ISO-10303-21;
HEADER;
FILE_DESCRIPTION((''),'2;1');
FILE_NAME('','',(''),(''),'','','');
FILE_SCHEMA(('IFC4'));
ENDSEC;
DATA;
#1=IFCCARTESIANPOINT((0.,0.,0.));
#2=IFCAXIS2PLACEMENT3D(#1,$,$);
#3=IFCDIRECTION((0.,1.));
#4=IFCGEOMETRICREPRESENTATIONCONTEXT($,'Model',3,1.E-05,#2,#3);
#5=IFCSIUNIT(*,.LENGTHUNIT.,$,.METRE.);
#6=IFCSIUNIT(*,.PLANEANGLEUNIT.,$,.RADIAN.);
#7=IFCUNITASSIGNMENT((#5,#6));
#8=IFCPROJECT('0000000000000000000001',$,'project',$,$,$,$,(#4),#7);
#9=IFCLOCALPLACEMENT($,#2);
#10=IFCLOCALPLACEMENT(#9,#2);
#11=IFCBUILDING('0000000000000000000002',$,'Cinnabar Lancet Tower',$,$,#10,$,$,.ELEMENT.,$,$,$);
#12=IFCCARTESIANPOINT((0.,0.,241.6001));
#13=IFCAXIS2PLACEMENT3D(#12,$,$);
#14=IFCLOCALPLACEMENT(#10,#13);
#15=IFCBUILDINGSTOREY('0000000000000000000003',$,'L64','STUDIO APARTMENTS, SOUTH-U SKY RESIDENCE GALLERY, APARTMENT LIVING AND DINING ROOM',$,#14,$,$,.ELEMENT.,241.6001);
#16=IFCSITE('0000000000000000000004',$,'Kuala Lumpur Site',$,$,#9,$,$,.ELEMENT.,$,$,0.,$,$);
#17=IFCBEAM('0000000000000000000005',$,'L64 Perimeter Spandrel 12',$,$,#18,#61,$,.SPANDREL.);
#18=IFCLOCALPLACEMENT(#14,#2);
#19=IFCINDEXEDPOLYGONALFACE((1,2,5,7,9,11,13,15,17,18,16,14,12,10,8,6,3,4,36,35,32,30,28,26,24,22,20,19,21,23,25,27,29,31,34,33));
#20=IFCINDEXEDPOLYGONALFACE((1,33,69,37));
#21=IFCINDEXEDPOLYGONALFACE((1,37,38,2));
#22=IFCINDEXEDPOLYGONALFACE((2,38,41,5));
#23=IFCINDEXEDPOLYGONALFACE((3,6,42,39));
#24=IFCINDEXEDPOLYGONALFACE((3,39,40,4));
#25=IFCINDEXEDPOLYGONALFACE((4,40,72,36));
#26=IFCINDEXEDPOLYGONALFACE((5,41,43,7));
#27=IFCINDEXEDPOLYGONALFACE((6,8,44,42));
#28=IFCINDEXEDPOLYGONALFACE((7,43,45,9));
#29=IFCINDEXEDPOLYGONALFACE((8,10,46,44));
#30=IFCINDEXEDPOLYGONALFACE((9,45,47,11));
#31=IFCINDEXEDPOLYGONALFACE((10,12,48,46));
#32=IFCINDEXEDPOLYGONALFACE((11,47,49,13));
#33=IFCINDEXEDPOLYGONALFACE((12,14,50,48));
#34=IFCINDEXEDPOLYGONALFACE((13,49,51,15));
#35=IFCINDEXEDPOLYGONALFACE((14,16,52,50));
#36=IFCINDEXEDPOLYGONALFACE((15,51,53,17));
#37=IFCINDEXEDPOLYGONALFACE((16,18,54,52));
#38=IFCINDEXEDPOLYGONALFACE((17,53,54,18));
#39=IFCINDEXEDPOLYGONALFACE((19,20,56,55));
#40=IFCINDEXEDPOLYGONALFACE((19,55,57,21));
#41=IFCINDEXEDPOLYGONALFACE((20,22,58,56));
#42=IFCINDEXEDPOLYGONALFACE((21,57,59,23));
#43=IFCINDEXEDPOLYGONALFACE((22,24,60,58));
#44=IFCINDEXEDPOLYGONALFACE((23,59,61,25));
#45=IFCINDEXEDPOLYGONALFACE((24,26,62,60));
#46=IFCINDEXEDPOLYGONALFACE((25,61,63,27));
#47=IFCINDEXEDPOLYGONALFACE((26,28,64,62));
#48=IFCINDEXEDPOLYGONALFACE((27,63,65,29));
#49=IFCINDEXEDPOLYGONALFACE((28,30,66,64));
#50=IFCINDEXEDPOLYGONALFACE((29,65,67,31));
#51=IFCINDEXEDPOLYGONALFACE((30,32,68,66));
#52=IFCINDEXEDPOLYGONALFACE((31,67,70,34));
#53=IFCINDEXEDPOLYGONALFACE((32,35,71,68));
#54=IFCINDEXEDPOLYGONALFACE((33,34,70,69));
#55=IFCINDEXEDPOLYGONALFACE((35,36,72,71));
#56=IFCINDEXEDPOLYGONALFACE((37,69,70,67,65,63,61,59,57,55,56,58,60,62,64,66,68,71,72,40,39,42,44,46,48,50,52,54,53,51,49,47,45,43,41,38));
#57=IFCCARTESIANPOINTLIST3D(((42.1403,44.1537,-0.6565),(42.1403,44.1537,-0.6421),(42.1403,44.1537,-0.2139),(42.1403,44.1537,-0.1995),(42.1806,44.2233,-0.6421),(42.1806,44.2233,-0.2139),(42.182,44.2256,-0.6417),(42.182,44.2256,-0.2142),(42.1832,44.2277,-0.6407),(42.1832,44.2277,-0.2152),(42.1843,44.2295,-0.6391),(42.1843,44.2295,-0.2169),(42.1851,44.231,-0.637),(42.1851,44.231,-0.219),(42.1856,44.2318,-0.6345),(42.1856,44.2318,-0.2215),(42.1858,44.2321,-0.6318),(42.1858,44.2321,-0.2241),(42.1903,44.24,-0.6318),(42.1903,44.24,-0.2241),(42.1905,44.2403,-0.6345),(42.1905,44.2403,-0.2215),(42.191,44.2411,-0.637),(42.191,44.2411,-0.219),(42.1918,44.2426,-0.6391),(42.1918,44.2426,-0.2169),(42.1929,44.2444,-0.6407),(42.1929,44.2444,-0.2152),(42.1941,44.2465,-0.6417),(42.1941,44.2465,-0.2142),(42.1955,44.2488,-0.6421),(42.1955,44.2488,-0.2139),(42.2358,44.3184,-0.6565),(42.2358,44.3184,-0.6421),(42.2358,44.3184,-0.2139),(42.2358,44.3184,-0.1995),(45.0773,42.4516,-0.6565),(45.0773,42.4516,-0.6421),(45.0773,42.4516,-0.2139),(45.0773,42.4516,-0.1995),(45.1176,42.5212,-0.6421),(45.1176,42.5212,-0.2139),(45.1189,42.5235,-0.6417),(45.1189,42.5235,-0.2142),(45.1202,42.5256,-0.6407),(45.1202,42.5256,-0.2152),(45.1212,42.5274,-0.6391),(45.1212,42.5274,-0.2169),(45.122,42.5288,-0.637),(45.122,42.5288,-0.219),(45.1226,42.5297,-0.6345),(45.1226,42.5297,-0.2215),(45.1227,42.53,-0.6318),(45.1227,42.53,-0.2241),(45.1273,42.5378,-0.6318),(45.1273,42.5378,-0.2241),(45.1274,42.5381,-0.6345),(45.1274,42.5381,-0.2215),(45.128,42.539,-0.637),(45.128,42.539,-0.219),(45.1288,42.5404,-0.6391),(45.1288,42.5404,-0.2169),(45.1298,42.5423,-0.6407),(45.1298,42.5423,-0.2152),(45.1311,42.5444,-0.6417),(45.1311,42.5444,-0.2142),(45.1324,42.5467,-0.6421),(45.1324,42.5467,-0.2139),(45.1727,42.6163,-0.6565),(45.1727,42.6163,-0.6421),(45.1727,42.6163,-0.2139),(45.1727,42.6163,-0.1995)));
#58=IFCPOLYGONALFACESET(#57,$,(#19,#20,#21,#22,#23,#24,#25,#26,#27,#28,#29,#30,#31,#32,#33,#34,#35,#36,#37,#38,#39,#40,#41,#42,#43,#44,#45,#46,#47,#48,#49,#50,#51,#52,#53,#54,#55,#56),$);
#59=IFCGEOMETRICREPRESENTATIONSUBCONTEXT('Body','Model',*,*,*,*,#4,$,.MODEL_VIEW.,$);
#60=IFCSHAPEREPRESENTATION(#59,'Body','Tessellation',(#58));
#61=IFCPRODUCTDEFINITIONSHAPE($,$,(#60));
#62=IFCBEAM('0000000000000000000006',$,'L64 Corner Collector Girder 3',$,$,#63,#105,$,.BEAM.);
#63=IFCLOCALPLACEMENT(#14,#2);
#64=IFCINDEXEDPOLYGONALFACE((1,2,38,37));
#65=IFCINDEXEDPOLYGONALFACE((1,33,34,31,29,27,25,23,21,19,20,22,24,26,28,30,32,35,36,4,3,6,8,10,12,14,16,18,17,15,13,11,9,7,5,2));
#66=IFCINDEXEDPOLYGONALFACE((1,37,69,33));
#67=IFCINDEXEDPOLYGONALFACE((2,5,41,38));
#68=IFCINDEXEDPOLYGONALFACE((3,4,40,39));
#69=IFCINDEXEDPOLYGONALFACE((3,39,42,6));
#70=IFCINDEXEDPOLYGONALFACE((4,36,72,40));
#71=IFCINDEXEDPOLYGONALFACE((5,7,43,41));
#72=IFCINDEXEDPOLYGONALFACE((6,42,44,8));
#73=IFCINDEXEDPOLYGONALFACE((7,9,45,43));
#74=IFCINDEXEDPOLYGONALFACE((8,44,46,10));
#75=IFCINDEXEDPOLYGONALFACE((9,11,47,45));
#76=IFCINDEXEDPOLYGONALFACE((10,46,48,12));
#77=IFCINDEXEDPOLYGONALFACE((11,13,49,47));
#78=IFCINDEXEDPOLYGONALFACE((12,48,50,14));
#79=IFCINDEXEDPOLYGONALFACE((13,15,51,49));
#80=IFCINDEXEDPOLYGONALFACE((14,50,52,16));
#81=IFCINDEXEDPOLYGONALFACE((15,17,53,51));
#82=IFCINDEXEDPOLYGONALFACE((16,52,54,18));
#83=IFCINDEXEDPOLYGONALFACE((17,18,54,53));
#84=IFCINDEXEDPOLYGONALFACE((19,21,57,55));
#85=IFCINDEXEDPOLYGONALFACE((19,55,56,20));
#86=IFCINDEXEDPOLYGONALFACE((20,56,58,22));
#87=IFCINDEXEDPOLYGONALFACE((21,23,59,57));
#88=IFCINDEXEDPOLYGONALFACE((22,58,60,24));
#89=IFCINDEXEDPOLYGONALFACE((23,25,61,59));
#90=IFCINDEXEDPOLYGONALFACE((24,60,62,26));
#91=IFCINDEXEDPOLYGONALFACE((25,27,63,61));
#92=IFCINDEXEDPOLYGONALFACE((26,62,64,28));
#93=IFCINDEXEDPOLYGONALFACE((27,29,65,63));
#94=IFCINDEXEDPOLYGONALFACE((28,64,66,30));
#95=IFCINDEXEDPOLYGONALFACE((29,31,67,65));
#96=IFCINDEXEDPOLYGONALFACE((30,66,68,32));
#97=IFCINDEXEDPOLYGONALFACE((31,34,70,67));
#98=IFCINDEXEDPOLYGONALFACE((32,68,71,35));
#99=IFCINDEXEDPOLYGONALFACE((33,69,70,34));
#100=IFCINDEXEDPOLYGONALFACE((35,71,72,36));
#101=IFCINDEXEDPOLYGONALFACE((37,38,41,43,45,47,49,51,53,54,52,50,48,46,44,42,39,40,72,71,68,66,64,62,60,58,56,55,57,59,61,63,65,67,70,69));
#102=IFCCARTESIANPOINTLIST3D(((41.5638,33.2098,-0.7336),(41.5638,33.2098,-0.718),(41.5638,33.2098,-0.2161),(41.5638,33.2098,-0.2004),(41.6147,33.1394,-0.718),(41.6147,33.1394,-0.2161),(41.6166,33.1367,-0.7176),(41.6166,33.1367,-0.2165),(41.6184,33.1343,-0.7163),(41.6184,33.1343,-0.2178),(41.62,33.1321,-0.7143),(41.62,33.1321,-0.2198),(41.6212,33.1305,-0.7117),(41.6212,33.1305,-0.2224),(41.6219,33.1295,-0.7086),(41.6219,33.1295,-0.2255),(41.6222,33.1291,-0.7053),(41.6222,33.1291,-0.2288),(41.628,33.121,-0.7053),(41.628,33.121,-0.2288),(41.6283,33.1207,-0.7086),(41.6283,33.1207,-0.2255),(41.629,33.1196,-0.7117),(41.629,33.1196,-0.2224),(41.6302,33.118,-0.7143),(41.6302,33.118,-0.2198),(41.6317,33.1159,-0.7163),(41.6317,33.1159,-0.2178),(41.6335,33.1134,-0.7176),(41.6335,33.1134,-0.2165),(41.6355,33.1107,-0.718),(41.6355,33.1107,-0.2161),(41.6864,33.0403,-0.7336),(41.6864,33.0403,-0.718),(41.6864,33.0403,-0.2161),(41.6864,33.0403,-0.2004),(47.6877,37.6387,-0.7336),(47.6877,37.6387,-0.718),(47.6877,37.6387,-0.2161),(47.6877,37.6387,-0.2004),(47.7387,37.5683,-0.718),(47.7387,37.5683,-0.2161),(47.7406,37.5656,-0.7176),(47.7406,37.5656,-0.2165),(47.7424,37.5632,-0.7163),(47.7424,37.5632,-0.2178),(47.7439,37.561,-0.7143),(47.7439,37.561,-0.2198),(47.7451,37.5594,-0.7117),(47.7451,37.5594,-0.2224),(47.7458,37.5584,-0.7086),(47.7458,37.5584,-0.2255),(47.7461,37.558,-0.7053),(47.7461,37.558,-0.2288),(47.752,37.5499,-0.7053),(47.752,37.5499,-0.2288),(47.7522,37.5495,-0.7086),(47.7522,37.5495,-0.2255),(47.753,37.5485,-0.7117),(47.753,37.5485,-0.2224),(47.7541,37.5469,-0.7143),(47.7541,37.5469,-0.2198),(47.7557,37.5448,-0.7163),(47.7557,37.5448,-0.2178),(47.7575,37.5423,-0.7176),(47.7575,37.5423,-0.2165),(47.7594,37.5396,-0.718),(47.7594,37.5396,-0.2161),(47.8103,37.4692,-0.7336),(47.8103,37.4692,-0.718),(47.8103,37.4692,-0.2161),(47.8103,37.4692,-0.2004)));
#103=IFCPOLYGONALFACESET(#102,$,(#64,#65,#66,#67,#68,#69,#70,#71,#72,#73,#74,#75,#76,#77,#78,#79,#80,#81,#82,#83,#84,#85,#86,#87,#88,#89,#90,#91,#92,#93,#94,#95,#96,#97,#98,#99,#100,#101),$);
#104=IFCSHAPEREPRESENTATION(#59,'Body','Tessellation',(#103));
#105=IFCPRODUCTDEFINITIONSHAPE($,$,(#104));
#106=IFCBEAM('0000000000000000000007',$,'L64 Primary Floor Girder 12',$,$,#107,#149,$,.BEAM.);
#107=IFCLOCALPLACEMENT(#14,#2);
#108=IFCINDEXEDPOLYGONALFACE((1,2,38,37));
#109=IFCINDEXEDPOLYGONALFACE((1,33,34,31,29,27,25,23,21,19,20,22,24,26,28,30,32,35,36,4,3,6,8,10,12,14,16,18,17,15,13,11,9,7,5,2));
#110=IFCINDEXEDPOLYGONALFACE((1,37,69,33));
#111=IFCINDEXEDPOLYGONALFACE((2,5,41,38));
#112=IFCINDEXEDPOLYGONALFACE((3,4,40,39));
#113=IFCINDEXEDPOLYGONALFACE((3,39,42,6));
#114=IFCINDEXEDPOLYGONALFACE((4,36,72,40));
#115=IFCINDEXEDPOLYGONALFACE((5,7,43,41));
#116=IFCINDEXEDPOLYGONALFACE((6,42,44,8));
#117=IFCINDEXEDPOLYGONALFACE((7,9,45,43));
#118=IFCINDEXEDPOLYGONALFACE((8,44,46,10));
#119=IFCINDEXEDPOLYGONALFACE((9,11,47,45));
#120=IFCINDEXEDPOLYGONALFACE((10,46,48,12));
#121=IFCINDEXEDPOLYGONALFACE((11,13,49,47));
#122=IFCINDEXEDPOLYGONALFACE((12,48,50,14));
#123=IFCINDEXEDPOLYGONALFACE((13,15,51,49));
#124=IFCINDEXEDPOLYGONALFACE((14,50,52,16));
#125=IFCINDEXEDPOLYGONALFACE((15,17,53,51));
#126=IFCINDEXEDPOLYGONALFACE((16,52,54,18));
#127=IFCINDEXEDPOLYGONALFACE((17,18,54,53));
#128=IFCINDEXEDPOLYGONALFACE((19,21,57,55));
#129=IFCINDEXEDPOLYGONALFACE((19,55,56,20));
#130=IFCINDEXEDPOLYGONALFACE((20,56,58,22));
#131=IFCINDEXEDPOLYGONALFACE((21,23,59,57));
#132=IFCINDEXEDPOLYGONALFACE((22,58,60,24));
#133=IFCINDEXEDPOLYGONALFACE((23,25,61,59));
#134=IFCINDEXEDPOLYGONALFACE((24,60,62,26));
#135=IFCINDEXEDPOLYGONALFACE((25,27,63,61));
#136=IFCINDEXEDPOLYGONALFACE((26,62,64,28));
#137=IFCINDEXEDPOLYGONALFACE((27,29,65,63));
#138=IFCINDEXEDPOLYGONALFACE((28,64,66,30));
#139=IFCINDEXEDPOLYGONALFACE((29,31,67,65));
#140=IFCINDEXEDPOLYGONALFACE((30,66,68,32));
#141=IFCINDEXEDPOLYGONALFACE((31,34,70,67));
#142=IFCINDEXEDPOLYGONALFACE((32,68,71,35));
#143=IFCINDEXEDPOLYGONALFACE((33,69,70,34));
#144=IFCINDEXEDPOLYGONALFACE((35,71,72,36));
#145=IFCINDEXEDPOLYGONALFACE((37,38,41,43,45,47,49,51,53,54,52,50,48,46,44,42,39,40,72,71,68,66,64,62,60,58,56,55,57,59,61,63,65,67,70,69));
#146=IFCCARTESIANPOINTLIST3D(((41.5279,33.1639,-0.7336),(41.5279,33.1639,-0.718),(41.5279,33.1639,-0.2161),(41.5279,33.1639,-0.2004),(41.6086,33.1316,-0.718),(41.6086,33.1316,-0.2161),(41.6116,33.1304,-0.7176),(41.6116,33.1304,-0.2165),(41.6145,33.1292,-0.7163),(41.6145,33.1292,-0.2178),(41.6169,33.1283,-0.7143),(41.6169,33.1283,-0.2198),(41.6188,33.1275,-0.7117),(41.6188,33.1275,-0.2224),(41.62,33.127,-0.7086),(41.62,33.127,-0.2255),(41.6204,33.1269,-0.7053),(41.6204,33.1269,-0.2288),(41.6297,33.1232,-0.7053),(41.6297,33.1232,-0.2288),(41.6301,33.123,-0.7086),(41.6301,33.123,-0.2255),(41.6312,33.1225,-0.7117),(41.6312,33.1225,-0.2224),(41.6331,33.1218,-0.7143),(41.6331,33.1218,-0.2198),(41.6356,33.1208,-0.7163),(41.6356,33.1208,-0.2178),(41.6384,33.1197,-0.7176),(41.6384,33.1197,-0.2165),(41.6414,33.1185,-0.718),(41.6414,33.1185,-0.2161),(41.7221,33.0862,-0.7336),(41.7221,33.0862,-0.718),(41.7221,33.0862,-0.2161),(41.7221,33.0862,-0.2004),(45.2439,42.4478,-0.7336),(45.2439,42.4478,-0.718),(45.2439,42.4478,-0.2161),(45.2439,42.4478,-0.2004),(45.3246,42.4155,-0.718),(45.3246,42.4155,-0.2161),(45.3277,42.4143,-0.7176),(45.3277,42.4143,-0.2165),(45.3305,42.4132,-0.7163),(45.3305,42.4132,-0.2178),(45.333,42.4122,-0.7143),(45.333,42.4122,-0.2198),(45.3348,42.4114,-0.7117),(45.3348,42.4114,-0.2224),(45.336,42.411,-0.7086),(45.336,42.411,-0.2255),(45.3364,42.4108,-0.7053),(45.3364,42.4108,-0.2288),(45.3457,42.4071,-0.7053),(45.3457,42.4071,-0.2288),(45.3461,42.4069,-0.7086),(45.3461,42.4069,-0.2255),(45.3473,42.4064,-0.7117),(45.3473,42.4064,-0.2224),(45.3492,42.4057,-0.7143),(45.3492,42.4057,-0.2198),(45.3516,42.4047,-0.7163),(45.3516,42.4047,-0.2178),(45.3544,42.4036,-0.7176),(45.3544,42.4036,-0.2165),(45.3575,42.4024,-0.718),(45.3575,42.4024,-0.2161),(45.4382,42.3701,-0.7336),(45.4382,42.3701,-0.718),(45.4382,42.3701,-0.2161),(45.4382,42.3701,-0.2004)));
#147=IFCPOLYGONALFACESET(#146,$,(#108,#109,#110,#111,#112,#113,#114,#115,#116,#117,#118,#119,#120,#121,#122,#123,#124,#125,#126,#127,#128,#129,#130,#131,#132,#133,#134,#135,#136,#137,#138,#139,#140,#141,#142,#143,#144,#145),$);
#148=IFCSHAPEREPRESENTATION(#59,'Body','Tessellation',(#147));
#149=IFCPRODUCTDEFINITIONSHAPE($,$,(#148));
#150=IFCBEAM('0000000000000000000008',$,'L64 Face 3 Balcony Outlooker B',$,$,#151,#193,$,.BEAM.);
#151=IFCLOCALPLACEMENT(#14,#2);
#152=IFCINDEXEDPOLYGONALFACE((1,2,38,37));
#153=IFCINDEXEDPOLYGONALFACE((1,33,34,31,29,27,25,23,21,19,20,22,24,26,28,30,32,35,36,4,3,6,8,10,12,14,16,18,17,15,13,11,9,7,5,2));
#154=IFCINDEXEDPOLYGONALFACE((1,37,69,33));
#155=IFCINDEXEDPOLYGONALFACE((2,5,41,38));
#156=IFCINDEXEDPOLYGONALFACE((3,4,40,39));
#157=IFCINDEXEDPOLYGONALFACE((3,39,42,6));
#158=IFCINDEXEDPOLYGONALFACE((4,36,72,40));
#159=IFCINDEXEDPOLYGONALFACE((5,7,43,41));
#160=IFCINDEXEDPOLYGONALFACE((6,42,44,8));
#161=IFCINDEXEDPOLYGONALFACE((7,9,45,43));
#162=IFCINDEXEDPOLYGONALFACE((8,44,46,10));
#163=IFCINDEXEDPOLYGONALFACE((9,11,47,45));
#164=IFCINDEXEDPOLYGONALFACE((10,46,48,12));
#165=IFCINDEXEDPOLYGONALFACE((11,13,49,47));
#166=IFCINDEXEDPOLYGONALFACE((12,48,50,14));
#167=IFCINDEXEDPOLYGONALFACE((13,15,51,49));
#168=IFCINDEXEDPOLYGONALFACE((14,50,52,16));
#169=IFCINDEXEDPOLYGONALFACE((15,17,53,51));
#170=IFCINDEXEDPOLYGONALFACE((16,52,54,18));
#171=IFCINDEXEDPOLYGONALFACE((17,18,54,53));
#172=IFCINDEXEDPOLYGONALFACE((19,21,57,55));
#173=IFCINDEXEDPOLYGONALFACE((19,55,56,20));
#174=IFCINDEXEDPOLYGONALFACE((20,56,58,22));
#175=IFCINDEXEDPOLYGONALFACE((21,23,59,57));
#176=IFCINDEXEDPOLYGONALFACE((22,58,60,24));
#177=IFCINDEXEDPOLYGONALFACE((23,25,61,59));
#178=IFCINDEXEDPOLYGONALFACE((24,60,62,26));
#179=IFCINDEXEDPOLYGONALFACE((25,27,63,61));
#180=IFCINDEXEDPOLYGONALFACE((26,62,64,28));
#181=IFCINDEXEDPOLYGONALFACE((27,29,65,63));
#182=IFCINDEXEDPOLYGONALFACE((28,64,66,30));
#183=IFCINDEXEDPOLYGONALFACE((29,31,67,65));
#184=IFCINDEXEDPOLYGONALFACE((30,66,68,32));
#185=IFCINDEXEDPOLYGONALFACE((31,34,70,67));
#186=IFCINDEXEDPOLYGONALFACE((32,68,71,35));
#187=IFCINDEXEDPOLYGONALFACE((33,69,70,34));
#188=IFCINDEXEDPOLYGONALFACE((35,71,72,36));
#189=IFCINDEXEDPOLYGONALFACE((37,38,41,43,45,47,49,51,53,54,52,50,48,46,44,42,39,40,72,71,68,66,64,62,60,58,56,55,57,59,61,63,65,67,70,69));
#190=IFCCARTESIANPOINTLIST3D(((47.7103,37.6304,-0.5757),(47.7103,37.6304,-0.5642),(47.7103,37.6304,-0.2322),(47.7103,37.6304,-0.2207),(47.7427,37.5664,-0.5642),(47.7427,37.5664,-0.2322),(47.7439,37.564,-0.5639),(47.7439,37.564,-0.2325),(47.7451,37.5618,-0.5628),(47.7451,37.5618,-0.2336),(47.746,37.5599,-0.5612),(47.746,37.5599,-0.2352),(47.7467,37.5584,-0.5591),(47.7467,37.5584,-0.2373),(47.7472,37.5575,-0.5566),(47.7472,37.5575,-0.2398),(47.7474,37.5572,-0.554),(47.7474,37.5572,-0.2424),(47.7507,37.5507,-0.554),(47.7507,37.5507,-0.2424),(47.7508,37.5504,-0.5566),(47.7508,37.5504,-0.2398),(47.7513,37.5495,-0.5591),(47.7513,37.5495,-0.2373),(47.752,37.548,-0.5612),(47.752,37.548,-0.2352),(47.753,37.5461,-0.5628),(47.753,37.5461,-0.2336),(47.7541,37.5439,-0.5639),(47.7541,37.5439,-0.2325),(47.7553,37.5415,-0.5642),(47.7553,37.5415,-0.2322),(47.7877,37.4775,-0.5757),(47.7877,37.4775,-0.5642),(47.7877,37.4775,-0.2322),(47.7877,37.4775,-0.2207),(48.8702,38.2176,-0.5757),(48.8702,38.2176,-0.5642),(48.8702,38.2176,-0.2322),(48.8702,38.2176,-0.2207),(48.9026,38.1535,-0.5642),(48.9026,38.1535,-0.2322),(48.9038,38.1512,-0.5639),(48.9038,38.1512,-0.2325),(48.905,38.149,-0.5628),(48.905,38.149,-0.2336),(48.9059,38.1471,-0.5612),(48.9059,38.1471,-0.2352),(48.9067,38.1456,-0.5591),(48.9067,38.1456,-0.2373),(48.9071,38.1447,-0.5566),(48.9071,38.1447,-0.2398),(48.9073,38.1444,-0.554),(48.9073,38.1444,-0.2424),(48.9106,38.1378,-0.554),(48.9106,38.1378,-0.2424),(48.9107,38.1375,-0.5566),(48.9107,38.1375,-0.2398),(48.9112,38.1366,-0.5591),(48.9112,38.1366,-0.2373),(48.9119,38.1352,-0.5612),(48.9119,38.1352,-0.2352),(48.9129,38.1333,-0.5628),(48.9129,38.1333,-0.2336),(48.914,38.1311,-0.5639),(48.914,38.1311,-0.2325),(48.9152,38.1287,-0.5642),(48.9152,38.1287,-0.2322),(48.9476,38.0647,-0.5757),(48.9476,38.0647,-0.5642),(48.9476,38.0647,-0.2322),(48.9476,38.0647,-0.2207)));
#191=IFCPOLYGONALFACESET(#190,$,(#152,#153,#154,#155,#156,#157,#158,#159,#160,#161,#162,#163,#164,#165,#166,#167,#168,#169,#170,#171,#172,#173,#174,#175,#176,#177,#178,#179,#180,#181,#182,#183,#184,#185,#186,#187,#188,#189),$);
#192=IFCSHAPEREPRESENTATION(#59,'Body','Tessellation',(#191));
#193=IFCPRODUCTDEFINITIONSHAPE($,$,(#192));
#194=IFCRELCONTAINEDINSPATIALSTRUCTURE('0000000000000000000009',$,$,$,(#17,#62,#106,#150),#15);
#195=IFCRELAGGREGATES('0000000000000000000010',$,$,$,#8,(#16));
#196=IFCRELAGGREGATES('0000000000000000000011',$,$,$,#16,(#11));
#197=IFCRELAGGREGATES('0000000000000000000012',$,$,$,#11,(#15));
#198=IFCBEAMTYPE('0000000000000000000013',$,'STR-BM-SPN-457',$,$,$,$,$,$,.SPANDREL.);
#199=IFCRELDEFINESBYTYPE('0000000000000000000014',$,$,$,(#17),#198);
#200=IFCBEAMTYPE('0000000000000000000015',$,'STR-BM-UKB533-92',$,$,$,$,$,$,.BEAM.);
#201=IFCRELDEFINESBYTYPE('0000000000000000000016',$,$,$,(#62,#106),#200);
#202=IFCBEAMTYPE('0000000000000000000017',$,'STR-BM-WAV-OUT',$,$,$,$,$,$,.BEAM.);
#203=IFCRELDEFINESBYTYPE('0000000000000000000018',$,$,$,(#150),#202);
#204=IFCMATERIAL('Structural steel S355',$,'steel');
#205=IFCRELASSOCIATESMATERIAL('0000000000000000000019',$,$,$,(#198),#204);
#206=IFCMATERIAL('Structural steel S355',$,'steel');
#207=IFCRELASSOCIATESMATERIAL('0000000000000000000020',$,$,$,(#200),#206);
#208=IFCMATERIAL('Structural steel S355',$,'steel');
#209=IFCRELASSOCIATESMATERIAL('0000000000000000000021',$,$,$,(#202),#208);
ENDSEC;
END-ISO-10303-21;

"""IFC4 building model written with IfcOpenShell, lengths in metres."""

from ifc_helpers import new_model, si_unit, direction, frame, origin, origin_2d, place, context, subcontext, project, spatial, i_section, extrude, material, material_profile, profile_set, type_object, element, save


model = new_model("IFC4")

# Units and contexts
model_context = context("Model", 3, precision=1e-05, world=origin(), true_north=direction((0.0, 1.0)))
body_context = subcontext(model_context, "Body", "Model", "MODEL_VIEW")
ifc_project = project(units=[si_unit("LENGTHUNIT", "METRE"), si_unit("PLANEANGLEUNIT", "RADIAN")], contexts=[model_context])

# Site, building, storey
site_placement = place(None, origin())
site = spatial("IfcSite", under=ifc_project, at=site_placement, Name="Kuala Lumpur Site", CompositionType="ELEMENT", RefElevation=0.0)
building_placement = place(site_placement, origin())
building = spatial("IfcBuilding", under=site, at=building_placement, Name="Cinnabar Lancet Tower", CompositionType="ELEMENT")
storey_placement = place(building_placement, frame((0.0, 0.0, 241.6001)))
storey = spatial("IfcBuildingStorey", under=building, at=storey_placement, Name="L64", Description="STUDIO APARTMENTS, SOUTH-U SKY RESIDENCE GALLERY, APARTMENT LIVING AND DINING ROOM", CompositionType="ELEMENT", Elevation=241.6001)

# Beams
ifc_material_1 = material(Name="Structural steel S355", Category="steel")
ifc_material_profile_1 = material_profile(ifc_material_1, i_section(OverallWidth=0.1904, OverallDepth=0.457, WebThickness=0.009, FlangeThickness=0.0144, FilletRadius=0.0103, at=origin_2d()), Name="UKB 457x191x74")
ifc_profile_set_1 = profile_set([ifc_material_profile_1], Name="Structural steel S355")
beam_type_1 = type_object("IfcBeamType", Name="STR-BM-SPN-457", PredefinedType="SPANDREL", material=ifc_profile_set_1)
beam_1_placement = place(storey_placement, frame((45.125, 42.5339, -0.428), z_axis=(-0.8652, 0.501427, 0.0), x_axis=(-0.501427, -0.8652, 0.0)))
element("IfcBeam", 1, at=beam_1_placement, inside=storey, type_object=beam_type_1, Name="L64 Perimeter Spandrel 12", PredefinedType="SPANDREL", context=body_context, shape_type="SweptSolid", body=[
    extrude(i_section(OverallWidth=0.1904, OverallDepth=0.457, WebThickness=0.009, FlangeThickness=0.0144, FilletRadius=0.0103, at=origin_2d()), origin(), (0.0, 0.0, 1.0), 3.3945),
])
ifc_material_2 = material(Name="Structural steel S355", Category="steel")
ifc_material_profile_2 = material_profile(ifc_material_2, i_section(OverallWidth=0.2092, OverallDepth=0.5332, WebThickness=0.01, FlangeThickness=0.0156, FilletRadius=0.0127, at=origin_2d()), Name="UKB 533x210x92")
ifc_profile_set_2 = profile_set([ifc_material_profile_2], Name="Structural steel S355")
beam_type_2 = type_object("IfcBeamType", Name="STR-BM-UKB533-92", PredefinedType="BEAM", material=ifc_profile_set_2)
beam_2_placement = place(storey_placement, frame((47.749, 37.554, -0.467), z_axis=(-0.810299, -0.586016, 0.0), x_axis=(0.586016, -0.810299, 0.0)))
element("IfcBeam", 2, at=beam_2_placement, inside=storey, type_object=beam_type_2, Name="L64 Corner Collector Girder 3", PredefinedType="BEAM", context=body_context, shape_type="SweptSolid", body=[
    extrude(i_section(OverallWidth=0.2092, OverallDepth=0.5332, WebThickness=0.01, FlangeThickness=0.0156, FilletRadius=0.0127, at=origin_2d()), origin(), (0.0, 0.0, 1.0), 7.5576),
])
beam_3_placement = place(storey_placement, frame((45.3411, 42.4089, -0.467), z_axis=(-0.371605, -0.928391, 0.0), x_axis=(0.928391, -0.371605, 0.0)))
element("IfcBeam", 3, at=beam_3_placement, inside=storey, type_object=beam_type_2, Name="L64 Primary Floor Girder 12", PredefinedType="BEAM", context=body_context, shape_type="SweptSolid", body=[
    extrude(i_section(OverallWidth=0.2092, OverallDepth=0.5332, WebThickness=0.01, FlangeThickness=0.0156, FilletRadius=0.0127, at=origin_2d()), origin(), (0.0, 0.0, 1.0), 10.0),
])
ifc_material_3 = material(Name="Structural steel S355", Category="steel")
ifc_material_profile_3 = material_profile(ifc_material_3, i_section(OverallWidth=0.1714, OverallDepth=0.355, WebThickness=0.0073, FlangeThickness=0.0115, FilletRadius=0.0103, at=origin_2d()), Name="UKB 356x171x51")
ifc_profile_set_3 = profile_set([ifc_material_profile_3], Name="Structural steel S355")
beam_type_3 = type_object("IfcBeamType", Name="STR-BM-WAV-OUT", PredefinedType="BEAM", material=ifc_profile_set_3)
beam_4_placement = place(storey_placement, frame((47.749, 37.554, -0.3982), z_axis=(0.8922, 0.45164, 0.0), x_axis=(-0.45164, 0.8922, 0.0)))
element("IfcBeam", 4, at=beam_4_placement, inside=storey, type_object=beam_type_3, Name="L64 Face 3 Balcony Outlooker B", PredefinedType="BEAM", context=body_context, shape_type="SweptSolid", body=[
    extrude(i_section(OverallWidth=0.1714, OverallDepth=0.355, WebThickness=0.0073, FlangeThickness=0.0115, FilletRadius=0.0103, at=origin_2d()), origin(), (0.0, 0.0, 1.0), 1.3),
])

save(model, "model.ifc")
